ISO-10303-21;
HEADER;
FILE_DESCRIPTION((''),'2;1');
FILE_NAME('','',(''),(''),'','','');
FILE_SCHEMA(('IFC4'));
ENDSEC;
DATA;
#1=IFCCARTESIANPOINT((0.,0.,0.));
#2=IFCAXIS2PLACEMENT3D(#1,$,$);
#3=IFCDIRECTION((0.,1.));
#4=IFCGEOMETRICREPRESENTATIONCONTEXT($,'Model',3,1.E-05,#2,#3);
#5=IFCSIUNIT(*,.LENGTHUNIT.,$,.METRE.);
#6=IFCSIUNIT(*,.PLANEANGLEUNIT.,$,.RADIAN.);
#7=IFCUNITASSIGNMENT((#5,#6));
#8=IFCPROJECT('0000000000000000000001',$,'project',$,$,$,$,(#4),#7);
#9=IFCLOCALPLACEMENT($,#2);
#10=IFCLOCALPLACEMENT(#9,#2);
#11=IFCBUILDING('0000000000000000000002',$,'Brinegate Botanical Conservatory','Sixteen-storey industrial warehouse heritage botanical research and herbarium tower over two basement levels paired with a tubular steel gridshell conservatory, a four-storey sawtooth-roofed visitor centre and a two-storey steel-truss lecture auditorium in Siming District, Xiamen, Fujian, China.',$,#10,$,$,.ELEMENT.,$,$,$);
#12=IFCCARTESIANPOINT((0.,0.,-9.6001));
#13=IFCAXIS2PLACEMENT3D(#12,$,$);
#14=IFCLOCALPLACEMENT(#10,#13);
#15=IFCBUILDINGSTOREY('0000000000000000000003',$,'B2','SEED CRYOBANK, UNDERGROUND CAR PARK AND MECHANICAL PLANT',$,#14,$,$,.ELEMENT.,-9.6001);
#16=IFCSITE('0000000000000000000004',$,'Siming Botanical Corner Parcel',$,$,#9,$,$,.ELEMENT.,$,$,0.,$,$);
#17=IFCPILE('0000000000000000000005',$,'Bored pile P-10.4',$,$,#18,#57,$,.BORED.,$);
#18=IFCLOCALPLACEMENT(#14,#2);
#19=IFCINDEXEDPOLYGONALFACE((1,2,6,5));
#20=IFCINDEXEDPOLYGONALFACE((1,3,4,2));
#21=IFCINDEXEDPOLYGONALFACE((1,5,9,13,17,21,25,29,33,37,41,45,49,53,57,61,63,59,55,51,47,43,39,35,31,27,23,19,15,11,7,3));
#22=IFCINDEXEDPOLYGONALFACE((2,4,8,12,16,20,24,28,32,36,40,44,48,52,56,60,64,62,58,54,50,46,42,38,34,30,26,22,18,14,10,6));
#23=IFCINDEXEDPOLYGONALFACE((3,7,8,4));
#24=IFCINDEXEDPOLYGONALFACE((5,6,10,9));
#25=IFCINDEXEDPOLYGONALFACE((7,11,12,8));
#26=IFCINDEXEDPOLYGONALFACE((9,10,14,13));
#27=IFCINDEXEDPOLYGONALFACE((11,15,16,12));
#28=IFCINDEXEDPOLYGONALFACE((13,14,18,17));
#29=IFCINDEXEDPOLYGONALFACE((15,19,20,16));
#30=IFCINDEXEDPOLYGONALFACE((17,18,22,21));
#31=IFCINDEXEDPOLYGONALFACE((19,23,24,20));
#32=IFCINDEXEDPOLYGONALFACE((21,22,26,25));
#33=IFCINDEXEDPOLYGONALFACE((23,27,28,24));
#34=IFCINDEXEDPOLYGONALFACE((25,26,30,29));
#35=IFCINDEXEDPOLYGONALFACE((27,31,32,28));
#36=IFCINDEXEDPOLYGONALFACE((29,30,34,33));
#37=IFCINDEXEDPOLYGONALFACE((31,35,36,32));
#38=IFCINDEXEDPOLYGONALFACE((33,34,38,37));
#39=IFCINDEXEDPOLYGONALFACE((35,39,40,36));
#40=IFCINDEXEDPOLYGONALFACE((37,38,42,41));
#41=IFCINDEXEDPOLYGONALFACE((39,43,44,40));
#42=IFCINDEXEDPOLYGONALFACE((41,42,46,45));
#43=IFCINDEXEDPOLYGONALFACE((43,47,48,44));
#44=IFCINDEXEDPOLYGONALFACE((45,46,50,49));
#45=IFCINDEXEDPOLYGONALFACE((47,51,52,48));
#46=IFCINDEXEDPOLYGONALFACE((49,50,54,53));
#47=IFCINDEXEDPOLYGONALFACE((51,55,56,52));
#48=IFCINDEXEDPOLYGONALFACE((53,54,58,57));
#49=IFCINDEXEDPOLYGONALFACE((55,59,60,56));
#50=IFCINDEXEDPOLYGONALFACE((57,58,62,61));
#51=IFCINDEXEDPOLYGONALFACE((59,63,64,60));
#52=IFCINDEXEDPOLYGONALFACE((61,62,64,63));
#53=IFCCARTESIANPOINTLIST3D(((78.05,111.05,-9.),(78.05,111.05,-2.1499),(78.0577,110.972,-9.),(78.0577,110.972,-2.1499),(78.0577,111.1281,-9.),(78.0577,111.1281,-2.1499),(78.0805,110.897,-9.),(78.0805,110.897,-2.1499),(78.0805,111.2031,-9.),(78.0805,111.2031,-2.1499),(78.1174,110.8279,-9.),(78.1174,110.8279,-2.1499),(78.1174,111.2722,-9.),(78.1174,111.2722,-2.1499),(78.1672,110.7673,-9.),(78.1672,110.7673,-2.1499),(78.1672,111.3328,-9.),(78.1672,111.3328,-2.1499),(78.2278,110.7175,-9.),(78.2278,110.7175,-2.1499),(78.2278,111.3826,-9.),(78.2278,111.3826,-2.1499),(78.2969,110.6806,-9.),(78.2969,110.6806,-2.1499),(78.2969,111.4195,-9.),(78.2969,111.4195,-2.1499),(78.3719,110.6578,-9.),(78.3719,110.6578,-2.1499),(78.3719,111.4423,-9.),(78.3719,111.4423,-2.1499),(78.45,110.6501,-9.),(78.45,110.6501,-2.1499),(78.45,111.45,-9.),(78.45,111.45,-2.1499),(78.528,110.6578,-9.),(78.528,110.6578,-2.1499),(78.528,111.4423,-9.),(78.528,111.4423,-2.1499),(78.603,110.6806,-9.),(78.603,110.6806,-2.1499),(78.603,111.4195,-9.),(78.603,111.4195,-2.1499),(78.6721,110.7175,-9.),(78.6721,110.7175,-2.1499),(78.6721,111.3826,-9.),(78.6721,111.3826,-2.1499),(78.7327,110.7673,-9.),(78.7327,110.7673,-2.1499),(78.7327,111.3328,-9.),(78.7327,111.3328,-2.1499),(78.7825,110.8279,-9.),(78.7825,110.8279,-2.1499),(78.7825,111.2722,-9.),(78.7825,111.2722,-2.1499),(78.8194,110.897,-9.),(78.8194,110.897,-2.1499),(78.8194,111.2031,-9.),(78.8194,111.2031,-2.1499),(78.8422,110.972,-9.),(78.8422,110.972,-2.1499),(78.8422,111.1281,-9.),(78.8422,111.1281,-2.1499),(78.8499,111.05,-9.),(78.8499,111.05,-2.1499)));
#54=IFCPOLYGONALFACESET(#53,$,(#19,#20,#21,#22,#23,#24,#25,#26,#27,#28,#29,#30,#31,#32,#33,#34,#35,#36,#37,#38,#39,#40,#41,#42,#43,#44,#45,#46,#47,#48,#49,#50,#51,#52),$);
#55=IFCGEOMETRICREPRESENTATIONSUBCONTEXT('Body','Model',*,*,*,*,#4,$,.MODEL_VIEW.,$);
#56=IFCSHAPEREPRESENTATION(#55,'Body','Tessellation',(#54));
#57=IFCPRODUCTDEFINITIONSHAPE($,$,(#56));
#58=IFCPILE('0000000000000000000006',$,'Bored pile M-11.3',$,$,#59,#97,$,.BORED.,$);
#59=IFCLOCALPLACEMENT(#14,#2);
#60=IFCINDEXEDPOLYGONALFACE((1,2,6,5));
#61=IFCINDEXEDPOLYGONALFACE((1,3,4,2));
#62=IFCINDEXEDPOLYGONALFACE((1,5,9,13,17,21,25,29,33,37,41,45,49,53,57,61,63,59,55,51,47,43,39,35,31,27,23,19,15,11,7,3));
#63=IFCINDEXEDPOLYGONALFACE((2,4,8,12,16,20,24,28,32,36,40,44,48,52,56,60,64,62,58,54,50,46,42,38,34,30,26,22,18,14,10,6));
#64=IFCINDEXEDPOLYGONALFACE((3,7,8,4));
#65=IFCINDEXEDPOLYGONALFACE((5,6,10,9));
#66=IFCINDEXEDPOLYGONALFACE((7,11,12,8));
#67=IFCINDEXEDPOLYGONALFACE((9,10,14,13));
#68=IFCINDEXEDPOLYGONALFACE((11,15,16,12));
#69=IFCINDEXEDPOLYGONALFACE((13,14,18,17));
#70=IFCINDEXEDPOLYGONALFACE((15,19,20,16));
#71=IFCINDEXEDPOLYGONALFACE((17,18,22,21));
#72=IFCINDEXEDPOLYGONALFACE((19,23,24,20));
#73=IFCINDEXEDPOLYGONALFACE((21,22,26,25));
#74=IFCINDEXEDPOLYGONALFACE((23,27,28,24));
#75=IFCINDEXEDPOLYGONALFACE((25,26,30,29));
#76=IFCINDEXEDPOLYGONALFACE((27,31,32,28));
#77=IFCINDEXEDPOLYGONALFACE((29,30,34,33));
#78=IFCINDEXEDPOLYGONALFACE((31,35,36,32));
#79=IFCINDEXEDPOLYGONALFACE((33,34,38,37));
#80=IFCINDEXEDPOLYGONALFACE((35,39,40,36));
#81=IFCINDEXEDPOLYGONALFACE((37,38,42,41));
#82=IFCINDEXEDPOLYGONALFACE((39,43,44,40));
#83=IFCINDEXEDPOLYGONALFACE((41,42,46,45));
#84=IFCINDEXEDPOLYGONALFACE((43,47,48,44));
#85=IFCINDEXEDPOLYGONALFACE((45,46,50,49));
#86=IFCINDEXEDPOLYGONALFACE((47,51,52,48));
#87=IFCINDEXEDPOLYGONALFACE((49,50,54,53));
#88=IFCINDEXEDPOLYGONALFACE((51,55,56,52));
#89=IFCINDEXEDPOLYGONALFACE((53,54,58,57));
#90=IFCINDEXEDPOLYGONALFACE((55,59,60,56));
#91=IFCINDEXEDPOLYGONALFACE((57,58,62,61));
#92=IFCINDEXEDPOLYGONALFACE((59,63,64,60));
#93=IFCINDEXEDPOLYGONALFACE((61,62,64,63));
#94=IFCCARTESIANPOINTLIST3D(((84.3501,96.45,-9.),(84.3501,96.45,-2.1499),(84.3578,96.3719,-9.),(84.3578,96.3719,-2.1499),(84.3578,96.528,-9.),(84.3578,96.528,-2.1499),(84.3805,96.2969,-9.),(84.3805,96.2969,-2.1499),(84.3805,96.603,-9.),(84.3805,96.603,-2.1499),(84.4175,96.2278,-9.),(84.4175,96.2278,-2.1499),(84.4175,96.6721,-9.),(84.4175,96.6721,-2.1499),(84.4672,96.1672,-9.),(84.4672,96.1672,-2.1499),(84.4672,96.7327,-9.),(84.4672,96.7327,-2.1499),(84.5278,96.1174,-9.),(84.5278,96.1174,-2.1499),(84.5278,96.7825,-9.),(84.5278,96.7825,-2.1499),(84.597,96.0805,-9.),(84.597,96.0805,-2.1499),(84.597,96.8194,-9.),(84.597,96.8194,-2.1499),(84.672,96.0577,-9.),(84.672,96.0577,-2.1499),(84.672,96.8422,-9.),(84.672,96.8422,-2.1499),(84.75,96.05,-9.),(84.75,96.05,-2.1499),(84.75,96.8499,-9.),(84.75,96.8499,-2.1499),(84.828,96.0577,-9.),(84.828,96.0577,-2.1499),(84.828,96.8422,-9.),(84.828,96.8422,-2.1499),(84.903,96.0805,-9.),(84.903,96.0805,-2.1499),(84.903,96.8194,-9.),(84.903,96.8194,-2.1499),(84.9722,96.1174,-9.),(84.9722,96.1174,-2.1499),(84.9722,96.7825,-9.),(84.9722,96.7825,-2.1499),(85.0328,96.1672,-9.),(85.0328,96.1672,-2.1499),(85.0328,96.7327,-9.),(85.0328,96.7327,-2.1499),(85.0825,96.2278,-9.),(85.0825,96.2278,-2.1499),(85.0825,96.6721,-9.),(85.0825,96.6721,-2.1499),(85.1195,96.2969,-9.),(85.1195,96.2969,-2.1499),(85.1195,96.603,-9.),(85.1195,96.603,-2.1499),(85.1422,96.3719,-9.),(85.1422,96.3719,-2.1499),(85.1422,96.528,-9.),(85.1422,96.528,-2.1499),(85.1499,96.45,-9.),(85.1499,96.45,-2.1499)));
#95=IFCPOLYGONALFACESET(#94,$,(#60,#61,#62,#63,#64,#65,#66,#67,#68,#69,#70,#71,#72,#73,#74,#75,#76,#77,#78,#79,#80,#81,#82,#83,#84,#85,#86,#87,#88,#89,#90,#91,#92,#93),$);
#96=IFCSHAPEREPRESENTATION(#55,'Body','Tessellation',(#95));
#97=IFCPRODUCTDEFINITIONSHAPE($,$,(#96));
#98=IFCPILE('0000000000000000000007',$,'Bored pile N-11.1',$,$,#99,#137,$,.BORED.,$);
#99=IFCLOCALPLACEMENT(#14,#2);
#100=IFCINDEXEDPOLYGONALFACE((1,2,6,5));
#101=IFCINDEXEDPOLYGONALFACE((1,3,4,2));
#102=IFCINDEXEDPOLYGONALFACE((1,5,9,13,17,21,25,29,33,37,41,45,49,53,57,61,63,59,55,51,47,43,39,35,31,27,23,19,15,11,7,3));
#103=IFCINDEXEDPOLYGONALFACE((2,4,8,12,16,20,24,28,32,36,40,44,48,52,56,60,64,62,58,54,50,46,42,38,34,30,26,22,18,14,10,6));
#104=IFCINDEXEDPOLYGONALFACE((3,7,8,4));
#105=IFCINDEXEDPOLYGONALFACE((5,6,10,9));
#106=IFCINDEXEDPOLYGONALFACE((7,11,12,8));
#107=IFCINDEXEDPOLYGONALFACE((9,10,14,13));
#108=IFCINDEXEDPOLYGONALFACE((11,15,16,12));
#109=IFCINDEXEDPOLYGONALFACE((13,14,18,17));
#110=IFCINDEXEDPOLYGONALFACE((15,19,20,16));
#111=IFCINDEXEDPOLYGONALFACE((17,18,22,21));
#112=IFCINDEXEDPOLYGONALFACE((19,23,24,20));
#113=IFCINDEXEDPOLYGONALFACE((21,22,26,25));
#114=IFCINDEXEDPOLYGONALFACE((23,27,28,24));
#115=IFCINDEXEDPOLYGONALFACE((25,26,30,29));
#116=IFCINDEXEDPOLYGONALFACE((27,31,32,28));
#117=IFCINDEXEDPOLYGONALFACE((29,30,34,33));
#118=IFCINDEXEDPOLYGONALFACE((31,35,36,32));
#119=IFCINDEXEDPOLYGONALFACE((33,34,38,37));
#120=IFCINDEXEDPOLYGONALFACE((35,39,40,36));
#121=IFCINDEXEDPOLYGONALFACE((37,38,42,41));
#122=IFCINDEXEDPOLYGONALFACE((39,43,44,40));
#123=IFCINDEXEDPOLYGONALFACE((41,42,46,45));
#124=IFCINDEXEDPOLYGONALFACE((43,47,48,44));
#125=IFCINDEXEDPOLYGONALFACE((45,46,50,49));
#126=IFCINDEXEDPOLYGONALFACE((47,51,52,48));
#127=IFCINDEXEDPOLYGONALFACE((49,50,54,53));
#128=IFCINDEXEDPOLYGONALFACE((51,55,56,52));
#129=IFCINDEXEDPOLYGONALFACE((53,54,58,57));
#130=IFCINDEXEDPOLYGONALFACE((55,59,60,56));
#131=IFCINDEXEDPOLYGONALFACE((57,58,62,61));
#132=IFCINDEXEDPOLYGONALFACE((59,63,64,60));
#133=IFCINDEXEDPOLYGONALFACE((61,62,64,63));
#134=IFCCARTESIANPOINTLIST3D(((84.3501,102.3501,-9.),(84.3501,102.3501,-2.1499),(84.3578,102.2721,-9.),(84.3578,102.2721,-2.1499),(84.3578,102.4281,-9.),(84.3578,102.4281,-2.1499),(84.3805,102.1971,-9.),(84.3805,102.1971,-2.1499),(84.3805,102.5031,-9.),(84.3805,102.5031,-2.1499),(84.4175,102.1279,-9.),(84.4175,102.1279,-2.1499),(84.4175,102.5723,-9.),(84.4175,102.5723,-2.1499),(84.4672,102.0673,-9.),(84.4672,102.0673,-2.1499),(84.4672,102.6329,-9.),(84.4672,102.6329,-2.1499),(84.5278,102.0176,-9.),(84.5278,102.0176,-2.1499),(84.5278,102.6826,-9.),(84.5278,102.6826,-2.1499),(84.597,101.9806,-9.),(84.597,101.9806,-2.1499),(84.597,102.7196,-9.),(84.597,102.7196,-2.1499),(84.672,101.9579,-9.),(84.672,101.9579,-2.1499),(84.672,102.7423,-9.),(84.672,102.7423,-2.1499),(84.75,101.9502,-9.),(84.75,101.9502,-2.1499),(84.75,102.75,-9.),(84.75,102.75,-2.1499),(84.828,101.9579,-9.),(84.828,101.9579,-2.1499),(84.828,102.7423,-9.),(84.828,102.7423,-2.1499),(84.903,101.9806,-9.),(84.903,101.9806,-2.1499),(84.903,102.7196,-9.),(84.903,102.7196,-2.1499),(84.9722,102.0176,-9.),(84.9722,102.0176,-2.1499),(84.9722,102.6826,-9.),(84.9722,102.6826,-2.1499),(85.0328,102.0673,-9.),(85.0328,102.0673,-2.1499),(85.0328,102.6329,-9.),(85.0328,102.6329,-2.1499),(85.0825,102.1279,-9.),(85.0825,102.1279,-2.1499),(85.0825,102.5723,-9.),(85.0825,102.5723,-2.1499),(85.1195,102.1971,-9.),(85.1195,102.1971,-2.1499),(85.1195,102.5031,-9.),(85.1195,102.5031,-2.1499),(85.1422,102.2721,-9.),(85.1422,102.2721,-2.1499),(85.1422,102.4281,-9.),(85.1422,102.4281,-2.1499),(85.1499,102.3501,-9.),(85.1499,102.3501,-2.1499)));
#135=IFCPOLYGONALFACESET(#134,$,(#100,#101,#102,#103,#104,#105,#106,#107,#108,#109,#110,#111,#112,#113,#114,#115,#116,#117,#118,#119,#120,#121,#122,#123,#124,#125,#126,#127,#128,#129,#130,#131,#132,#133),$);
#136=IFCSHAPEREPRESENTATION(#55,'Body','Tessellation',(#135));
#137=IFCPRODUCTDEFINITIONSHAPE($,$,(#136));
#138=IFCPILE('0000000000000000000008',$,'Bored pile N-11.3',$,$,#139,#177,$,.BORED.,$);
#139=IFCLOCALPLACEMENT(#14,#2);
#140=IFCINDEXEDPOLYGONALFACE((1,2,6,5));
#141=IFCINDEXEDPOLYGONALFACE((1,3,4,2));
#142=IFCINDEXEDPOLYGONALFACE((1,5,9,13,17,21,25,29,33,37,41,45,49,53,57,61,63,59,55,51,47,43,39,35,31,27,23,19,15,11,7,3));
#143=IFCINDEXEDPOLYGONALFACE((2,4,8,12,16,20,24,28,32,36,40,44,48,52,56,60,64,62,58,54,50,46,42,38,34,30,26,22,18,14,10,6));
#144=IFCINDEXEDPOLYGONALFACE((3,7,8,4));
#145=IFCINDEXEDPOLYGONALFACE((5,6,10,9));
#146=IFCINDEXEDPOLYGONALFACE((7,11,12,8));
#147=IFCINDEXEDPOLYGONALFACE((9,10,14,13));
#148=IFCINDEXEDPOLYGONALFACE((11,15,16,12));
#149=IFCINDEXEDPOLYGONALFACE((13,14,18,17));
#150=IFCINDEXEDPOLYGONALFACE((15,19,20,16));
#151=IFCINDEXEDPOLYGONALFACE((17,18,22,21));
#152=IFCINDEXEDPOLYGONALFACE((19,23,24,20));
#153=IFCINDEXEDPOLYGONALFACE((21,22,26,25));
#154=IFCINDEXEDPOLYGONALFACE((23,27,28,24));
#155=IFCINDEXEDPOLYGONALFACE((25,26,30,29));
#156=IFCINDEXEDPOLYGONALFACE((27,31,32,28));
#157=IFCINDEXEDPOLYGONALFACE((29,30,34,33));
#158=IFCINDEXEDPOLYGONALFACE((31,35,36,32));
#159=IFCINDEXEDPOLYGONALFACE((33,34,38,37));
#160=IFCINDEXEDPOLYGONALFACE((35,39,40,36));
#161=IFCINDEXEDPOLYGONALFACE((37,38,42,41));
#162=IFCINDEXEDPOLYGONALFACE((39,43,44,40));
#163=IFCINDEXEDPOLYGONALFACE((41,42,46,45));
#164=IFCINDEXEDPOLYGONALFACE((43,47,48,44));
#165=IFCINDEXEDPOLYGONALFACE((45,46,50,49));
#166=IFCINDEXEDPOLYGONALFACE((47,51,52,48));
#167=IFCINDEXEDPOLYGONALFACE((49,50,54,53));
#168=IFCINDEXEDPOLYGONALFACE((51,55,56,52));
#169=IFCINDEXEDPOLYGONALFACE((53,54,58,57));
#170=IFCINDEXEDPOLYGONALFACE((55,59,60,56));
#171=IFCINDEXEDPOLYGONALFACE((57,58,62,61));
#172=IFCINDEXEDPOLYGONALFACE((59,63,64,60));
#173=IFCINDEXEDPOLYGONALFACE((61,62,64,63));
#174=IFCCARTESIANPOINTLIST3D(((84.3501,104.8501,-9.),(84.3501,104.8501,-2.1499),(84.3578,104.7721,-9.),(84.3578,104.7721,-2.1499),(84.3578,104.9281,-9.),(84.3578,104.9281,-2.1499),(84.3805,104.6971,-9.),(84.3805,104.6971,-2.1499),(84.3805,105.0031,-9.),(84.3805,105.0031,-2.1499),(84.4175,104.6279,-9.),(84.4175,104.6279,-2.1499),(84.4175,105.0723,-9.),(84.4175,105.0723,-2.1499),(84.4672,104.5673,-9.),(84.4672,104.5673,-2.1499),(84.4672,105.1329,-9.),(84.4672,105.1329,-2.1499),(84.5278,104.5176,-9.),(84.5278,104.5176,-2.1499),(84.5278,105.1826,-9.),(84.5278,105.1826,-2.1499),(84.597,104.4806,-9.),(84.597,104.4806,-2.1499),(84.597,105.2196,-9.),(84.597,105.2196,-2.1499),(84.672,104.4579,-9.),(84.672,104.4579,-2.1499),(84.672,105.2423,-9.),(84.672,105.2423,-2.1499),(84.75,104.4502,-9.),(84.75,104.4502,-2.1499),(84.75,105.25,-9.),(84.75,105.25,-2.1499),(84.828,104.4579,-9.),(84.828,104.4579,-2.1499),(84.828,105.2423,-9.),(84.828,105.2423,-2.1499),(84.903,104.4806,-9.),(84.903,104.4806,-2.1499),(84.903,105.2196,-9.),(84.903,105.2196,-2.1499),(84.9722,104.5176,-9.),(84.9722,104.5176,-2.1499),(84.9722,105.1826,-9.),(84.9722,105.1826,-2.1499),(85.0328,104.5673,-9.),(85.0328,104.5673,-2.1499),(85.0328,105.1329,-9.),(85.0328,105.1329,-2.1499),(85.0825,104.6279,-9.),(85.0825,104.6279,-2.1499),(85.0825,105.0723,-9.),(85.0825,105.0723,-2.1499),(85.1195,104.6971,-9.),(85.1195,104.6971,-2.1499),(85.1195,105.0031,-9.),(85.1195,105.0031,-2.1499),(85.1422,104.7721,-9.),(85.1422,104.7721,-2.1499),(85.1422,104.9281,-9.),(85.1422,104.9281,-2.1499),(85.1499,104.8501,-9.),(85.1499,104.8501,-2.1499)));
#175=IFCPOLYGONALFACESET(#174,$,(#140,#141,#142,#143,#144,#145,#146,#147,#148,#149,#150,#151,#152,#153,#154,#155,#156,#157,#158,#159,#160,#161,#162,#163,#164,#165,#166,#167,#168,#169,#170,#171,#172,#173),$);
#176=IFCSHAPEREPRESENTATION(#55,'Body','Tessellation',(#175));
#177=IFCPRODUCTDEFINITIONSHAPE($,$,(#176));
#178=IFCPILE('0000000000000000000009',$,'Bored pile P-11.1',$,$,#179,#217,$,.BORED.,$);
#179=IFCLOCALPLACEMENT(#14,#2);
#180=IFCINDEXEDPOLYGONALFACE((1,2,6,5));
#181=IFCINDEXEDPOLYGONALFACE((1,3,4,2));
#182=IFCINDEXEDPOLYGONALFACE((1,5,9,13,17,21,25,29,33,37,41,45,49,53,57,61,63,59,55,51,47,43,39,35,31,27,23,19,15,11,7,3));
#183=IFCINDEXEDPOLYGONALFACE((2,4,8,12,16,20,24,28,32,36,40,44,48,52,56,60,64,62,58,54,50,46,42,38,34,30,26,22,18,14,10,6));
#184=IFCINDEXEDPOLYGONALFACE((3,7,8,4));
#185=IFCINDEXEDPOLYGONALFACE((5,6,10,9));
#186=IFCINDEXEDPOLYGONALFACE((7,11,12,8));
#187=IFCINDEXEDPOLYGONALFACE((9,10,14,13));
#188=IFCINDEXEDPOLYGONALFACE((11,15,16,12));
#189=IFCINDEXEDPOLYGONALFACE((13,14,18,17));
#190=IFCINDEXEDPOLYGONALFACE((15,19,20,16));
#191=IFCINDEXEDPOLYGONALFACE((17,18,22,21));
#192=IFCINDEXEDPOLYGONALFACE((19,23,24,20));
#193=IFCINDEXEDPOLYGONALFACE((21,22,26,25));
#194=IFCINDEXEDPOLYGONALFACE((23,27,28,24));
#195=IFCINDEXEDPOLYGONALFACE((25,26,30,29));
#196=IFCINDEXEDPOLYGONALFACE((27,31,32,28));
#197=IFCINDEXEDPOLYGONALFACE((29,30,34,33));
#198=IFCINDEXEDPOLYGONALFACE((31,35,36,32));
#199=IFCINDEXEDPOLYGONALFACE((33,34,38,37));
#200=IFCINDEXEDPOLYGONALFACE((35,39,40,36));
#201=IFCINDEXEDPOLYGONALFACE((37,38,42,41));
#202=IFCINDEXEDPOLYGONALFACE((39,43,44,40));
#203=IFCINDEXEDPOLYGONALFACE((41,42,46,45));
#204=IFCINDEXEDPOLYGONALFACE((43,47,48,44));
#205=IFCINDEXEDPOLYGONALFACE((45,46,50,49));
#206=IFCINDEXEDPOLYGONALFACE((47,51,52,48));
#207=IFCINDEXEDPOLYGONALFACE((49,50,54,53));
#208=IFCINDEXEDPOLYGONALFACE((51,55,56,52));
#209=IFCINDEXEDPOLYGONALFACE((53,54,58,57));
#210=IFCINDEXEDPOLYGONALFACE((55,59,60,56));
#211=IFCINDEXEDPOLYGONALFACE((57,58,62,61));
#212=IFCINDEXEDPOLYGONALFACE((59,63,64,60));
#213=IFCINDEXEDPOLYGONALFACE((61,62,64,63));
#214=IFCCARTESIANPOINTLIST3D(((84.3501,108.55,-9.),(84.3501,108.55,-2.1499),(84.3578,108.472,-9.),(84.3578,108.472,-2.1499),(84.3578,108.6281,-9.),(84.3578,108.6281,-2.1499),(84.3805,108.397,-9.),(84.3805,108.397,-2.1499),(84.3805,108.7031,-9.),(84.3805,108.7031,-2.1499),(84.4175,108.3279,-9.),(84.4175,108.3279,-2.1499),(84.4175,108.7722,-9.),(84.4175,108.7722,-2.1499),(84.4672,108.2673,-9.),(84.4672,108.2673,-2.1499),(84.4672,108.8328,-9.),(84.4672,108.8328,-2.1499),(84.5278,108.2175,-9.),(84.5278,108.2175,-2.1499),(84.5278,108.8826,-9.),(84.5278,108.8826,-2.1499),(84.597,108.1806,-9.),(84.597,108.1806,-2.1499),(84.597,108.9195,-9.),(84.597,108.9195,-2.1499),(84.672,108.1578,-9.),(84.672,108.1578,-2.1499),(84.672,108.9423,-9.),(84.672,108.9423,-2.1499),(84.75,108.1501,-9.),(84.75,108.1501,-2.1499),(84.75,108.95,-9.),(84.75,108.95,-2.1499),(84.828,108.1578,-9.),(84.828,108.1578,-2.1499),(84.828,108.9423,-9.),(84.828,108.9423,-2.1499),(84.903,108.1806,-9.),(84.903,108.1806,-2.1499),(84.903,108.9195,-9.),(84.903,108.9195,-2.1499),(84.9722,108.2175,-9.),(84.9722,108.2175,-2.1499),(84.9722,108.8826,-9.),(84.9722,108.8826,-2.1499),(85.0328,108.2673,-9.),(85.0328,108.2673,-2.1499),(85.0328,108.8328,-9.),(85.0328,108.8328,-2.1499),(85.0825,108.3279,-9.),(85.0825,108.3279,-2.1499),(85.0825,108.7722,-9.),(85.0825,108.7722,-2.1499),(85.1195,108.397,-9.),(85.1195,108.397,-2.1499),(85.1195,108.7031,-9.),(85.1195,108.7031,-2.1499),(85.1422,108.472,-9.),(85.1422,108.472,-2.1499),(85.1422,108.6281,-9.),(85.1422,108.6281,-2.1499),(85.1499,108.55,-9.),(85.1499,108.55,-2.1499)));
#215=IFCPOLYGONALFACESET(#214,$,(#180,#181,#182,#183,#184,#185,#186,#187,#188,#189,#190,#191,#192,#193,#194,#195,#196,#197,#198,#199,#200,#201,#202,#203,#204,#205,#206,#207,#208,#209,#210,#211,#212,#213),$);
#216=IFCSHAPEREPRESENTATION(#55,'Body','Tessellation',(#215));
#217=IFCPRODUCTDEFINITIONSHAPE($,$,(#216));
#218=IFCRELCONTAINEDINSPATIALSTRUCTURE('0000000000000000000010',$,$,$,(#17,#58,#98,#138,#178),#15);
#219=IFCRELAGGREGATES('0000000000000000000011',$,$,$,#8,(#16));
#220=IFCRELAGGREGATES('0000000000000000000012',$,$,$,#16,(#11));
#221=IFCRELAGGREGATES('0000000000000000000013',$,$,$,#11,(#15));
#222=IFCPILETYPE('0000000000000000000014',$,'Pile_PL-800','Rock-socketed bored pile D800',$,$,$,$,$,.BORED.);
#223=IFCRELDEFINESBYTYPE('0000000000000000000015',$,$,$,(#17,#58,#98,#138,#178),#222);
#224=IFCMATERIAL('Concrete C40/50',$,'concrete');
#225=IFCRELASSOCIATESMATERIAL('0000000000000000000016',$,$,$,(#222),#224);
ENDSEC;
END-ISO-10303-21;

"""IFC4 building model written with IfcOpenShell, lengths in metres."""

from ifc_helpers import new_model, si_unit, direction, frame, origin, origin_2d, place, context, subcontext, project, spatial, circle, extrude, material, material_profile, profile_set, type_object, element, save


model = new_model("IFC4")

# Units and contexts
model_context = context("Model", 3, precision=1e-05, world=origin(), true_north=direction((0.0, 1.0)))
body_context = subcontext(model_context, "Body", "Model", "MODEL_VIEW")
ifc_project = project(units=[si_unit("LENGTHUNIT", "METRE"), si_unit("PLANEANGLEUNIT", "RADIAN")], contexts=[model_context])

# Site, building, storey
site_placement = place(None, origin())
site = spatial("IfcSite", under=ifc_project, at=site_placement, Name="Siming Botanical Corner Parcel", CompositionType="ELEMENT", RefElevation=0.0)
building_placement = place(site_placement, origin())
building = spatial("IfcBuilding", under=site, at=building_placement, Name="Brinegate Botanical Conservatory", Description="Sixteen-storey industrial warehouse heritage botanical research and herbarium tower over two basement levels paired with a tubular steel gridshell conservatory, a four-storey sawtooth-roofed visitor centre and a two-storey steel-truss lecture auditorium in Siming District, Xiamen, Fujian, China.", CompositionType="ELEMENT")
storey_placement = place(building_placement, frame((0.0, 0.0, -9.6001)))
storey = spatial("IfcBuildingStorey", under=building, at=storey_placement, Name="B2", Description="SEED CRYOBANK, UNDERGROUND CAR PARK AND MECHANICAL PLANT", CompositionType="ELEMENT", Elevation=-9.6001)

# Shared definitions
ifc_material = material(Name="Concrete C40/50", Category="concrete")

# Piles
ifc_material_profile_1 = material_profile(ifc_material, circle(Radius=0.3999, at=origin_2d()), Name="PILE D800")
ifc_profile_set_1 = profile_set([ifc_material_profile_1], Name="Concrete C40/50")
pile_type = type_object("IfcPileType", Name="Pile_PL-800", Description="Rock-socketed bored pile D800", PredefinedType="BORED", material=ifc_profile_set_1)
for number, where, z_axis, x_axis, name in (
    (1, (78.45, 111.05, -2.1499), (0.0, 0.0, -1.0), (1.0, 0.0, 0.0), "Bored pile P-10.4"),
    (2, (84.75, 96.45, -2.1499), (0.0, 0.0, -1.0), (1.0, 0.0, 0.0), "Bored pile M-11.3"),
    (3, (84.75, 102.3501, -2.1499), (0.0, 0.0, -1.0), (1.0, 0.0, 0.0), "Bored pile N-11.1"),
    (4, (84.75, 104.8501, -2.1499), (0.0, 0.0, -1.0), (1.0, 0.0, 0.0), "Bored pile N-11.3"),
    (5, (84.75, 108.55, -2.1499), (0.0, 0.0, -1.0), (1.0, 0.0, 0.0), "Bored pile P-11.1"),
):
    element("IfcPile", number, at=place(storey_placement, frame(where, z_axis=z_axis, x_axis=x_axis)), inside=storey, type_object=pile_type, Name=name, PredefinedType="BORED", context=body_context, shape_type="SweptSolid", body=[
        extrude(circle(Radius=0.3999, at=origin_2d()), origin(), (0.0, 0.0, 1.0), 6.8501),
    ])

save(model, "model.ifc")
